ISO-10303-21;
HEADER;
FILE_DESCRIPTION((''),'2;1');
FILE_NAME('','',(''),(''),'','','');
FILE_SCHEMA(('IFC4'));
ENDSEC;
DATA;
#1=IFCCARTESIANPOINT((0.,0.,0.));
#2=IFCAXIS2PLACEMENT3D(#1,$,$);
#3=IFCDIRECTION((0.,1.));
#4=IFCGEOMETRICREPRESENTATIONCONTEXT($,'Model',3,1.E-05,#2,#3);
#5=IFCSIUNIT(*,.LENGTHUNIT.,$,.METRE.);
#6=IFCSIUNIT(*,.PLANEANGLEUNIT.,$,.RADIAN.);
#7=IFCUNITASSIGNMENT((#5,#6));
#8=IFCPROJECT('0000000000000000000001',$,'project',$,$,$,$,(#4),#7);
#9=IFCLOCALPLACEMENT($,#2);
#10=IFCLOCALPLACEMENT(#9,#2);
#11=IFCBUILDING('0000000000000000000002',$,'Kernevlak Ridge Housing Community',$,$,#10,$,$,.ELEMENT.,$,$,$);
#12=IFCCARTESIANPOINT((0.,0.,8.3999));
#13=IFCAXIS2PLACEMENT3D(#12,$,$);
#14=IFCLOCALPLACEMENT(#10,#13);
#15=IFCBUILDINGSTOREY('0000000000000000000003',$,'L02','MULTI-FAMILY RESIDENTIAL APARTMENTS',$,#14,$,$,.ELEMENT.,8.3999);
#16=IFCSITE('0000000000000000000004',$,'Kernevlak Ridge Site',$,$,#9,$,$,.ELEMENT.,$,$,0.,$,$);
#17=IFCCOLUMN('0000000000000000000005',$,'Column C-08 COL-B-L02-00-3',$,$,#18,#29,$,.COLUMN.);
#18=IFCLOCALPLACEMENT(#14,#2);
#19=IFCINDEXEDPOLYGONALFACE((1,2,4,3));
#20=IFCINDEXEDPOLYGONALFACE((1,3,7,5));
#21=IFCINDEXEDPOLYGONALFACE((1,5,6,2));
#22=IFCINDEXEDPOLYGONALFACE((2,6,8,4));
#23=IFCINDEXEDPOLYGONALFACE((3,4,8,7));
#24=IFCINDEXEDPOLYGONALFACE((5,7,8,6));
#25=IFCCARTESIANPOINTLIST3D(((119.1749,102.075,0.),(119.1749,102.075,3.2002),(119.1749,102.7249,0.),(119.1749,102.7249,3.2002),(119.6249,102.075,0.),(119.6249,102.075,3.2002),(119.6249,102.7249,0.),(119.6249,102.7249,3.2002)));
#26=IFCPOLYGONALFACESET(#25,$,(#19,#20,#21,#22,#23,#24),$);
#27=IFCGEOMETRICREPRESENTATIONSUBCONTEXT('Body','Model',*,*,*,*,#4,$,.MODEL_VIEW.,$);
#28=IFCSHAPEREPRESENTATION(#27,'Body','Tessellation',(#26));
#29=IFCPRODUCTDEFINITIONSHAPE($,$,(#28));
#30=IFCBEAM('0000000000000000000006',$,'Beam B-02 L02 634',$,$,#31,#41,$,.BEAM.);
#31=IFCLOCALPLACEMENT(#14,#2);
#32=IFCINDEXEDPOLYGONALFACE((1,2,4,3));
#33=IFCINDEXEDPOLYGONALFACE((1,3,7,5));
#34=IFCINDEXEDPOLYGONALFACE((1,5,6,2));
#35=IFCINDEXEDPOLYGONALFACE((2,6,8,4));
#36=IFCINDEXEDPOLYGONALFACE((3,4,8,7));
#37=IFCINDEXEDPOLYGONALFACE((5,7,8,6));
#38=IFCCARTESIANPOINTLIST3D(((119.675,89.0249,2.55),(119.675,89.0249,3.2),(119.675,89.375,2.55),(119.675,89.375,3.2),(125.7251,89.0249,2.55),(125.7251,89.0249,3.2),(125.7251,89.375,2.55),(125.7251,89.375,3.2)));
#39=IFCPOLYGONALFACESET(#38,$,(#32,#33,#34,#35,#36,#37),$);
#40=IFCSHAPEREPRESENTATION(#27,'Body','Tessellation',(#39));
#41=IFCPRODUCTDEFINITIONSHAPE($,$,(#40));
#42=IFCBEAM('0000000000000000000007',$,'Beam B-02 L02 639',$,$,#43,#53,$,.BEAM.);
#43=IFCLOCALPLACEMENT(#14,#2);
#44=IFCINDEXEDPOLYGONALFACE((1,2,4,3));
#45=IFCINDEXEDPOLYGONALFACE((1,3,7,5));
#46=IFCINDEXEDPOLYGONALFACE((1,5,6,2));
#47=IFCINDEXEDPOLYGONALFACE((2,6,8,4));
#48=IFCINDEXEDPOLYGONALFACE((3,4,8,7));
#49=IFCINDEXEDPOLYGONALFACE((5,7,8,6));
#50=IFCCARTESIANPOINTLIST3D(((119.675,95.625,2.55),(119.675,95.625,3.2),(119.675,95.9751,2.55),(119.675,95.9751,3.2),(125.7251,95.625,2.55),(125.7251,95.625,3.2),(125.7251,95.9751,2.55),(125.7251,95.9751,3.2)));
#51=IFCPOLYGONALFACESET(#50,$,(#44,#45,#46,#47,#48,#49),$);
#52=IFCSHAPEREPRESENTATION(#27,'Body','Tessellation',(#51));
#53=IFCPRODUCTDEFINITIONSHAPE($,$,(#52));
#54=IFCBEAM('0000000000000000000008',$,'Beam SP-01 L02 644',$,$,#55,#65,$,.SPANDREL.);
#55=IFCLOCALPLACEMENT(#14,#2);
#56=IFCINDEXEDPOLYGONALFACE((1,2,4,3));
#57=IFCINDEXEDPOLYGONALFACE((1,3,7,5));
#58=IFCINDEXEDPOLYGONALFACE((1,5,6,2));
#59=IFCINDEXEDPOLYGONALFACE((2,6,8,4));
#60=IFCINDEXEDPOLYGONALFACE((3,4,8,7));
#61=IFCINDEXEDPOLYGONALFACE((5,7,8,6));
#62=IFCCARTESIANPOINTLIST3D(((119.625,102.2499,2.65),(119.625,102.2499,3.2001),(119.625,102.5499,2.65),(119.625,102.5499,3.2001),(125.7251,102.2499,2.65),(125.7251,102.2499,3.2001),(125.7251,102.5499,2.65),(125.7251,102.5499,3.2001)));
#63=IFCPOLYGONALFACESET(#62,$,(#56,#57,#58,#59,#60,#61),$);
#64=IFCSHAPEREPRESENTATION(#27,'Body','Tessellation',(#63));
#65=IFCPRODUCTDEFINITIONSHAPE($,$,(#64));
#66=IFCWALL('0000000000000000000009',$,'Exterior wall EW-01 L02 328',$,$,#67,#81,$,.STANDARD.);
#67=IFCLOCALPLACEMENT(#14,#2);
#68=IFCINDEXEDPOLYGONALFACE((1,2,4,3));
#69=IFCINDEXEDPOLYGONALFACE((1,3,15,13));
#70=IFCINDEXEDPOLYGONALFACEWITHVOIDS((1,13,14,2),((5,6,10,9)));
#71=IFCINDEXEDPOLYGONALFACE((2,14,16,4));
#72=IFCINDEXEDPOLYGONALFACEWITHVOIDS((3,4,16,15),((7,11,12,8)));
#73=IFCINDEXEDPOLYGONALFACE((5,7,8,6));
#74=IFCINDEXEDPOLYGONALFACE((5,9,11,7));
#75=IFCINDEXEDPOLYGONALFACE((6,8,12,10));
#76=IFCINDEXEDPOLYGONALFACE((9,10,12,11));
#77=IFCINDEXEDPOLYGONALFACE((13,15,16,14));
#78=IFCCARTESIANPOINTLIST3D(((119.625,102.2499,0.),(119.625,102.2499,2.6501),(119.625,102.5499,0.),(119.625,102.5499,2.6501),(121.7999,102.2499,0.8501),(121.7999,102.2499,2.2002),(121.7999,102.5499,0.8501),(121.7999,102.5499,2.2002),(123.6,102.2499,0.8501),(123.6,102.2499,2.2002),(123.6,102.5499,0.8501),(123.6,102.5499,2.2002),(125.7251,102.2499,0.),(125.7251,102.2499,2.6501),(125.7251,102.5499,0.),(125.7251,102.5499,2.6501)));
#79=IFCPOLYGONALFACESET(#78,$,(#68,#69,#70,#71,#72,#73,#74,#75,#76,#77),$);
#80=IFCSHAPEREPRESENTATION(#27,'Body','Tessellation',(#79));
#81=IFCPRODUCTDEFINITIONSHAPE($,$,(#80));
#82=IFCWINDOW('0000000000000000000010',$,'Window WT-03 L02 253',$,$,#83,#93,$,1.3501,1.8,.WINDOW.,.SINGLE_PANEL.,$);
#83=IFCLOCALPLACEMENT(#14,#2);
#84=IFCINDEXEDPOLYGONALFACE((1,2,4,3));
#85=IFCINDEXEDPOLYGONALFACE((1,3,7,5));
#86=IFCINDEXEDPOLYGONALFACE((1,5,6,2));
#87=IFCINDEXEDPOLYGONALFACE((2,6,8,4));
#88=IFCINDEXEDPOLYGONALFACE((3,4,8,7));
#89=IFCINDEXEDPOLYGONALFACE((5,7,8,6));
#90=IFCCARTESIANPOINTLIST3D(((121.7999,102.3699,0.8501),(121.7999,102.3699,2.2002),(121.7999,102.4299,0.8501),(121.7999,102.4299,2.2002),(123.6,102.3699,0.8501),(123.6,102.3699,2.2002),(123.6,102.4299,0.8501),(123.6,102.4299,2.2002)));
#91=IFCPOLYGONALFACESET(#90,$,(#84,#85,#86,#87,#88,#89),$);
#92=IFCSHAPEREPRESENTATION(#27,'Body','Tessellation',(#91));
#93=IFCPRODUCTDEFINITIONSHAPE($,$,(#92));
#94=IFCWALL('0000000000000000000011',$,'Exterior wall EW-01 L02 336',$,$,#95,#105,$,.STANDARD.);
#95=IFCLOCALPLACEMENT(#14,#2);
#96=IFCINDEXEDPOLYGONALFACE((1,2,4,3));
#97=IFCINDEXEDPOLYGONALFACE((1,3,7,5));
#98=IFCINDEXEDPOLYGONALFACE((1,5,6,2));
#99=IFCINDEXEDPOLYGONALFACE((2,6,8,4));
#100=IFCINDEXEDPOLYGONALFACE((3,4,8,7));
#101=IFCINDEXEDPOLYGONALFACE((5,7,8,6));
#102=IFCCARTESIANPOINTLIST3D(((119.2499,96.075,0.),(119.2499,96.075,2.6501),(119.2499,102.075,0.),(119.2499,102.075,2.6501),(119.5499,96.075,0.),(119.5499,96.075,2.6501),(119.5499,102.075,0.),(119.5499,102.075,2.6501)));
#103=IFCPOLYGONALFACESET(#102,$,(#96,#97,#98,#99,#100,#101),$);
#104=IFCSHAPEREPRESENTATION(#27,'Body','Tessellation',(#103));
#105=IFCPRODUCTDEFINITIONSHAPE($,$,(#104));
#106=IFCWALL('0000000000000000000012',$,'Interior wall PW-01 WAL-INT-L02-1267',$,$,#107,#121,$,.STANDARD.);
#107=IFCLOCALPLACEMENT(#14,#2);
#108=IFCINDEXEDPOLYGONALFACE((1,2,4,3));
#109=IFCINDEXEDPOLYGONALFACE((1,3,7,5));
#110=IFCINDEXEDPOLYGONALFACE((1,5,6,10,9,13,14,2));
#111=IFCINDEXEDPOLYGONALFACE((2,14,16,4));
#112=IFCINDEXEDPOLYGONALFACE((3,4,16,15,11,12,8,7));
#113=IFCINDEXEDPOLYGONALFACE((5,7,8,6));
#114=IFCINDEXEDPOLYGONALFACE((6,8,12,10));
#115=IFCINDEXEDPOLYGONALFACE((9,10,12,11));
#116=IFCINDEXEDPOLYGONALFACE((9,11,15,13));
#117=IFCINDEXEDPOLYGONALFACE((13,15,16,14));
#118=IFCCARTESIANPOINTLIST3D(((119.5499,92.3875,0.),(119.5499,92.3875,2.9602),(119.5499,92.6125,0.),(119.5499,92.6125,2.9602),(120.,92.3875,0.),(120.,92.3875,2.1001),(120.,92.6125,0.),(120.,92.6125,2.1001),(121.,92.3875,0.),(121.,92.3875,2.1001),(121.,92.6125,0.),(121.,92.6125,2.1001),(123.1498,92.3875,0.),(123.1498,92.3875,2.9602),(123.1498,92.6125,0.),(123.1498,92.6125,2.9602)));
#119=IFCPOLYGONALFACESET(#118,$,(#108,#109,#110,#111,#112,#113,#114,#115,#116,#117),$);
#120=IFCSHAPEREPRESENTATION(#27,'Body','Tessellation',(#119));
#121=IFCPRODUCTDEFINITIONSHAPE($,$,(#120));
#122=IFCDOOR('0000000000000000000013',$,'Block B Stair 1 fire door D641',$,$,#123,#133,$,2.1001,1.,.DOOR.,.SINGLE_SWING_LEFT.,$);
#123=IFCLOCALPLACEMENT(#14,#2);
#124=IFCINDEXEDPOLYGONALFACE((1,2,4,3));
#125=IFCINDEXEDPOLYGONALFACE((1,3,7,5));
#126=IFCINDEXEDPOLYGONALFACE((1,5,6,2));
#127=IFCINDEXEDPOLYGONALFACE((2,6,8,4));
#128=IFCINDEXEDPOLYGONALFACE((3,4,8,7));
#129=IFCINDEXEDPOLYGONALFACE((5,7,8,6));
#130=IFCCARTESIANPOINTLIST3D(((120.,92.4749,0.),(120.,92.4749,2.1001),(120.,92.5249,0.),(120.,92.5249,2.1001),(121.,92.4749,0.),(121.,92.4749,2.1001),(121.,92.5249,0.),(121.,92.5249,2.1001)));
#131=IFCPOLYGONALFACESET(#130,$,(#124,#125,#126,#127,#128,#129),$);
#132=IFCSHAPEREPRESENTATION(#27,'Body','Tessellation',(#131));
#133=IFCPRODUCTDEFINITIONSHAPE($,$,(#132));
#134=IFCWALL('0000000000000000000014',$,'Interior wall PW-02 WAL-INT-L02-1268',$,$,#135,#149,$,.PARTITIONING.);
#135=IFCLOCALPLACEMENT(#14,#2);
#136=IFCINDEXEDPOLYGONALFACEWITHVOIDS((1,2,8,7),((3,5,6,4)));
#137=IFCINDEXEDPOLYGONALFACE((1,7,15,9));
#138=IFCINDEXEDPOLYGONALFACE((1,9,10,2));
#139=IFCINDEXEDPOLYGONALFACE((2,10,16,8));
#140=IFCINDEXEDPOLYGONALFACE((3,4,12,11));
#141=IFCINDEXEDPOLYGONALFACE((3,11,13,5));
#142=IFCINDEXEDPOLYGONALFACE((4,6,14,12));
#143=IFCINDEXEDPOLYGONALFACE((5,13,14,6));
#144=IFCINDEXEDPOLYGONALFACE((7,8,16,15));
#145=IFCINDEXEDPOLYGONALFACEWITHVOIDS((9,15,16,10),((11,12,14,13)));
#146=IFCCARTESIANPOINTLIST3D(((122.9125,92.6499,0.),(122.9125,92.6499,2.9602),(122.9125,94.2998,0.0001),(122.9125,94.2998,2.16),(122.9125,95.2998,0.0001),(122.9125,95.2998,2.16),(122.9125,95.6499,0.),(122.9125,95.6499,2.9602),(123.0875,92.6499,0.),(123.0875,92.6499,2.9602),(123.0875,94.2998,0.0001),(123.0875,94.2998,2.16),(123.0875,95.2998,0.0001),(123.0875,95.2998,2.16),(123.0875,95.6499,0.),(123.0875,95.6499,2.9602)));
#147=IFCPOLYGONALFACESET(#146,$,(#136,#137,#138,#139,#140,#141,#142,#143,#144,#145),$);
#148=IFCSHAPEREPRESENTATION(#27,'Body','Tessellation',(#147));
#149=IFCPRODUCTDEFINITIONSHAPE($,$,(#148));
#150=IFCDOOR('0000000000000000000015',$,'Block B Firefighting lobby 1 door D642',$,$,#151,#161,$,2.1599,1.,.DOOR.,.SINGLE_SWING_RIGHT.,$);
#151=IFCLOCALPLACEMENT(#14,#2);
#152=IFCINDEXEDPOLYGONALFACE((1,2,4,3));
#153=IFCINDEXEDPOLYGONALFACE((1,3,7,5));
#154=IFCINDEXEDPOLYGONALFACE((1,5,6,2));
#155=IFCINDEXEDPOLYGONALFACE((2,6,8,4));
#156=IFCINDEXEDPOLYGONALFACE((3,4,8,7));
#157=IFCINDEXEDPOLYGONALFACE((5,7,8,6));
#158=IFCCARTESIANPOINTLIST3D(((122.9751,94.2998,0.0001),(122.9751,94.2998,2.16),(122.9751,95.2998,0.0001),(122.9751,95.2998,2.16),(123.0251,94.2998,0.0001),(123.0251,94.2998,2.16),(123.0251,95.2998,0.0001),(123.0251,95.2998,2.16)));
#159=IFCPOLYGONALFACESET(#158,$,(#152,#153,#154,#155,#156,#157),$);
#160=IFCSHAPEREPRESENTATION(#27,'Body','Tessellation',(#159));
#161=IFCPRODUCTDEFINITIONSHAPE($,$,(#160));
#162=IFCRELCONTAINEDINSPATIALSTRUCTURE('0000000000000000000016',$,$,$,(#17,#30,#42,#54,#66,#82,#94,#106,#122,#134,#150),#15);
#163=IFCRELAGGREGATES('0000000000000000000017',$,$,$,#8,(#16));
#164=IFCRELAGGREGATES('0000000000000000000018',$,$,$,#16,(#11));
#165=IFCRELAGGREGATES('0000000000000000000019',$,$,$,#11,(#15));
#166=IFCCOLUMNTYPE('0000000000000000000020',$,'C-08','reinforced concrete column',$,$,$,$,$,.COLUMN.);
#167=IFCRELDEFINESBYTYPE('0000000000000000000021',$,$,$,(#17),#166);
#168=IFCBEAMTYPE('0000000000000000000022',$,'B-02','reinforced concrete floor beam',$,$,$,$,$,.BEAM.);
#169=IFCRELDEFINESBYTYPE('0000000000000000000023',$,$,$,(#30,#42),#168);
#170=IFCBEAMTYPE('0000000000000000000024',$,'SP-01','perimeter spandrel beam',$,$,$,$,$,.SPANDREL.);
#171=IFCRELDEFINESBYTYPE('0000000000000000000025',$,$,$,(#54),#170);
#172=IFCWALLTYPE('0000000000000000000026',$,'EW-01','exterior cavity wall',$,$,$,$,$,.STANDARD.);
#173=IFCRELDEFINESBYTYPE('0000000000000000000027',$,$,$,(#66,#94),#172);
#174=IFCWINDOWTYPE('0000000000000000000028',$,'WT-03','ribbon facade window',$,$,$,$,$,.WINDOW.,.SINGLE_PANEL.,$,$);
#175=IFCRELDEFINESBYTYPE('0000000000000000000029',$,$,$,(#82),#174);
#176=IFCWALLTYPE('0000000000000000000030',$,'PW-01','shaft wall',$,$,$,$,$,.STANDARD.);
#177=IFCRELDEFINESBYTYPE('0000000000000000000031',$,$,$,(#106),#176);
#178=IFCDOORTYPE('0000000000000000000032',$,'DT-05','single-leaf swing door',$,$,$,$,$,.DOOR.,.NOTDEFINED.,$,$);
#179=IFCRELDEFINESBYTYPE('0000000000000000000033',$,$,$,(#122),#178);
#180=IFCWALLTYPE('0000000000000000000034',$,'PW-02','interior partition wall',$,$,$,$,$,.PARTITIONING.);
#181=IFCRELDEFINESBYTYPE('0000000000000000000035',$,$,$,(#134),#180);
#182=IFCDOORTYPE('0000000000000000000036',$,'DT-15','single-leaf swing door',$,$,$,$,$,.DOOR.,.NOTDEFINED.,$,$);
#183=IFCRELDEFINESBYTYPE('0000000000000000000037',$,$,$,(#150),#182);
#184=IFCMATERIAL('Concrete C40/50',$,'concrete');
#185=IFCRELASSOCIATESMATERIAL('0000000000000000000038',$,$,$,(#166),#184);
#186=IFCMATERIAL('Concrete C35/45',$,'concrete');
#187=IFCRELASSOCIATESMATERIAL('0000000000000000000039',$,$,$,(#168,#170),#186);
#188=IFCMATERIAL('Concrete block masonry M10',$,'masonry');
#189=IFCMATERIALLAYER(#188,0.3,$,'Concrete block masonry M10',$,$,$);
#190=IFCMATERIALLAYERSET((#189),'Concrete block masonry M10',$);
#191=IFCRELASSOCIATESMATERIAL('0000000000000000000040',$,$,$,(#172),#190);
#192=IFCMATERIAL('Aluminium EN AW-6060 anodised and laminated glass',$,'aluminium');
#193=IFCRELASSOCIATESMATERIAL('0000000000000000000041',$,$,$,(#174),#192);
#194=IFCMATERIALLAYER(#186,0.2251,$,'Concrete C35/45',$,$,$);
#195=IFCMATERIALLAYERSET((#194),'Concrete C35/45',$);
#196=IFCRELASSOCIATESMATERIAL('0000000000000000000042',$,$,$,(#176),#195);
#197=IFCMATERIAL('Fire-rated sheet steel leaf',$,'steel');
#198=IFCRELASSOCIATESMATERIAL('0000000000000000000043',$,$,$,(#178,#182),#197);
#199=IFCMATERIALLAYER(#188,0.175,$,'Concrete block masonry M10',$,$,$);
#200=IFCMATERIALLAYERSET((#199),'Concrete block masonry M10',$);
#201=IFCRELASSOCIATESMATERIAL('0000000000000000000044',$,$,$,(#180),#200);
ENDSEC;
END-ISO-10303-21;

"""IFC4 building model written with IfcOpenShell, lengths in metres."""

from ifc_helpers import new_model, si_unit, direction, frame, frame_2d, origin, origin_2d, place, context, subcontext, project, spatial, rectangle, extrude, material, layer, layer_set, material_profile, profile_set, type_object, element, fill, save


model = new_model("IFC4")

# Units and contexts
model_context = context("Model", 3, precision=1e-05, world=origin(), true_north=direction((0.0, 1.0)))
body_context = subcontext(model_context, "Body", "Model", "MODEL_VIEW")
ifc_project = project(units=[si_unit("LENGTHUNIT", "METRE"), si_unit("PLANEANGLEUNIT", "RADIAN")], contexts=[model_context])

# Site, building, storey
site_placement = place(None, origin())
site = spatial("IfcSite", under=ifc_project, at=site_placement, Name="Kernevlak Ridge Site", CompositionType="ELEMENT", RefElevation=0.0)
building_placement = place(site_placement, origin())
building = spatial("IfcBuilding", under=site, at=building_placement, Name="Kernevlak Ridge Housing Community", CompositionType="ELEMENT")
storey_placement = place(building_placement, frame((0.0, 0.0, 8.3999)))
storey = spatial("IfcBuildingStorey", under=building, at=storey_placement, Name="L02", Description="MULTI-FAMILY RESIDENTIAL APARTMENTS", CompositionType="ELEMENT", Elevation=8.3999)

# Column
ifc_material_1 = material(Name="Concrete C40/50", Category="concrete")
ifc_material_profile_1 = material_profile(ifc_material_1, rectangle(XDim=0.45, YDim=0.6499, at=origin_2d()), Name="RC 450x650")
ifc_profile_set_1 = profile_set([ifc_material_profile_1], Name="Concrete C40/50")
column_type = type_object("IfcColumnType", Name="C-08", Description="reinforced concrete column", PredefinedType="COLUMN", material=ifc_profile_set_1)
column_placement = place(storey_placement, frame((119.3999, 102.3999, 0.0), z_axis=(0.0, 0.0, 1.0), x_axis=(1.0, 0.0, 0.0)))
element("IfcColumn", 1, at=column_placement, inside=storey, type_object=column_type, Name="Column C-08 COL-B-L02-00-3", PredefinedType="COLUMN", context=body_context, shape_type="SweptSolid", body=[
    extrude(rectangle(XDim=0.45, YDim=0.6499, at=origin_2d()), origin(), (0.0, 0.0, 1.0), 3.2002),
])

# Beams
ifc_material_2 = material(Name="Concrete C35/45", Category="concrete")
ifc_material_profile_2 = material_profile(ifc_material_2, rectangle(XDim=0.3501, YDim=0.6499, at=origin_2d()), Name="RC 350x650")
ifc_profile_set_2 = profile_set([ifc_material_profile_2], Name="Concrete C35/45")
beam_type_1 = type_object("IfcBeamType", Name="B-02", Description="reinforced concrete floor beam", PredefinedType="BEAM", material=ifc_profile_set_2)
for number, where, z_axis, x_axis, name in (
    (2, (119.675, 89.2, 2.875), (1.0, 0.0, 0.0), (0.0, 1.0, 0.0), "Beam B-02 L02 634"),
    (3, (119.675, 95.8, 2.875), (1.0, 0.0, 0.0), (0.0, 1.0, 0.0), "Beam B-02 L02 639"),
):
    element("IfcBeam", number, at=place(storey_placement, frame(where, z_axis=z_axis, x_axis=x_axis)), inside=storey, type_object=beam_type_1, Name=name, PredefinedType="BEAM", context=body_context, shape_type="SweptSolid", body=[
        extrude(rectangle(XDim=0.3501, YDim=0.6499, at=origin_2d()), origin(), (0.0, 0.0, 1.0), 6.05),
    ])
ifc_material_profile_3 = material_profile(ifc_material_2, rectangle(XDim=0.3, YDim=0.55, at=origin_2d()), Name="RC 300x550")
ifc_profile_set_3 = profile_set([ifc_material_profile_3], Name="Concrete C35/45")
beam_type_2 = type_object("IfcBeamType", Name="SP-01", Description="perimeter spandrel beam", PredefinedType="SPANDREL", material=ifc_profile_set_3)
beam_placement = place(storey_placement, frame((119.625, 102.3999, 2.925), z_axis=(1.0, 0.0, 0.0), x_axis=(0.0, 1.0, 0.0)))
element("IfcBeam", 4, at=beam_placement, inside=storey, type_object=beam_type_2, Name="Beam SP-01 L02 644", PredefinedType="SPANDREL", context=body_context, shape_type="SweptSolid", body=[
    extrude(rectangle(XDim=0.3, YDim=0.55, at=origin_2d()), origin(), (0.0, 0.0, 1.0), 6.1001),
])

# Wall, opening, window
ifc_material_3 = material(Name="Concrete block masonry M10", Category="masonry")
ifc_layer_1 = layer(ifc_material_3, 0.3, Name="Concrete block masonry M10")
ifc_layer_set_1 = layer_set([ifc_layer_1], Name="Concrete block masonry M10")
wall_type_1 = type_object("IfcWallType", Name="EW-01", Description="exterior cavity wall", PredefinedType="STANDARD", material=ifc_layer_set_1)
wall_1_placement = place(storey_placement, frame((119.625, 102.3999, 0.0), z_axis=(0.0, 0.0, 1.0), x_axis=(1.0, 0.0, 0.0)))
wall_1 = element("IfcWall", 5, at=wall_1_placement, inside=storey, type_object=wall_type_1, Name="Exterior wall EW-01 L02 328", PredefinedType="STANDARD", context=body_context, shape_type="SweptSolid", body=[
    extrude(rectangle(XDim=6.1001, YDim=0.3, at=frame_2d((3.05, 0.0))), origin(), (0.0, 0.0, 1.0), 2.6501),
])
opening_1_placement = place(wall_1_placement, frame((2.175, 0.0, 0.8501)))
opening_1 = element("IfcOpeningElement", 6, at=opening_1_placement, cuts=wall_1, PredefinedType="OPENING", context=body_context, shape_type="SweptSolid", body=[
    extrude(rectangle(XDim=1.8, YDim=1.3501, at=frame_2d((0.8999, 0.675))), frame((0.0, 0.1599, 0.0), z_axis=(0.0, -1.0, 0.0), x_axis=(1.0, 0.0, 0.0)), (0.0, 0.0, 1.0), 0.3201),
])
ifc_material_4 = material(Name="Aluminium EN AW-6060 anodised and laminated glass", Category="aluminium")
window_type = type_object("IfcWindowType", Name="WT-03", Description="ribbon facade window", PartitioningType="SINGLE_PANEL", PredefinedType="WINDOW", material=ifc_material_4)
window_placement = place(opening_1_placement, origin())
window = element("IfcWindow", 7, at=window_placement, inside=storey, type_object=window_type, Name="Window WT-03 L02 253", OverallHeight=1.3501, OverallWidth=1.8, PartitioningType="SINGLE_PANEL", PredefinedType="WINDOW", context=body_context, shape_type="SweptSolid", body=[
    extrude(rectangle(XDim=1.8, YDim=1.3501, at=frame_2d((0.8999, 0.675))), frame((0.0, 0.03, 0.0), z_axis=(0.0, -1.0, 0.0), x_axis=(1.0, 0.0, 0.0)), (0.0, 0.0, 1.0), 0.0601),
])
fill(opening_1, window)

# Wall
wall_2_placement = place(storey_placement, frame((119.3999, 96.075, 0.0), z_axis=(0.0, 0.0, 1.0), x_axis=(0.0, 1.0, 0.0)))
element("IfcWall", 8, at=wall_2_placement, inside=storey, type_object=wall_type_1, Name="Exterior wall EW-01 L02 336", PredefinedType="STANDARD", context=body_context, shape_type="SweptSolid", body=[
    extrude(rectangle(XDim=6.0, YDim=0.3, at=frame_2d((3.0, 0.0))), origin(), (0.0, 0.0, 1.0), 2.6501),
])

# Walls, openings, doors
ifc_layer_2 = layer(ifc_material_2, 0.2251, Name="Concrete C35/45")
ifc_layer_set_2 = layer_set([ifc_layer_2], Name="Concrete C35/45")
wall_type_2 = type_object("IfcWallType", Name="PW-01", Description="shaft wall", PredefinedType="STANDARD", material=ifc_layer_set_2)
wall_3_placement = place(storey_placement, frame((119.55, 92.5, 0.0), z_axis=(0.0, 0.0, 1.0), x_axis=(1.0, 0.0, 0.0)))
wall_3 = element("IfcWall", 9, at=wall_3_placement, inside=storey, type_object=wall_type_2, Name="Interior wall PW-01 WAL-INT-L02-1267", PredefinedType="STANDARD", context=body_context, shape_type="SweptSolid", body=[
    extrude(rectangle(XDim=3.5999, YDim=0.2251, at=frame_2d((1.7998, 0.0))), origin(), (0.0, 0.0, 1.0), 2.9602),
])
opening_2_placement = place(wall_3_placement, frame((0.45, 0.0, 0.0)))
opening_2 = element("IfcOpeningElement", 10, at=opening_2_placement, cuts=wall_3, PredefinedType="OPENING", context=body_context, shape_type="SweptSolid", body=[
    extrude(rectangle(XDim=1.0, YDim=2.1001, at=frame_2d((0.5, 1.05))), frame((0.0, 0.1226, 0.0), z_axis=(0.0, -1.0, 0.0), x_axis=(1.0, 0.0, 0.0)), (0.0, 0.0, 1.0), 0.2451),
])
ifc_material_5 = material(Name="Fire-rated sheet steel leaf", Category="steel")
door_type_1 = type_object("IfcDoorType", Name="DT-05", Description="single-leaf swing door", OperationType="NOTDEFINED", PredefinedType="DOOR", material=ifc_material_5)
door_1_placement = place(opening_2_placement, origin())
door_1 = element("IfcDoor", 11, at=door_1_placement, inside=storey, type_object=door_type_1, Name="Block B Stair 1 fire door D641", OperationType="SINGLE_SWING_LEFT", OverallHeight=2.1001, OverallWidth=1.0, PredefinedType="DOOR", context=body_context, shape_type="SweptSolid", body=[
    extrude(rectangle(XDim=1.0, YDim=2.1001, at=frame_2d((0.5, 1.05))), frame((0.0, 0.0249, 0.0), z_axis=(0.0, -1.0, 0.0), x_axis=(1.0, 0.0, 0.0)), (0.0, 0.0, 1.0), 0.05),
])
fill(opening_2, door_1)
ifc_layer_3 = layer(ifc_material_3, 0.175, Name="Concrete block masonry M10")
ifc_layer_set_3 = layer_set([ifc_layer_3], Name="Concrete block masonry M10")
wall_type_3 = type_object("IfcWallType", Name="PW-02", Description="interior partition wall", PredefinedType="PARTITIONING", material=ifc_layer_set_3)
wall_4_placement = place(storey_placement, frame((123.0, 92.6499, 0.0), z_axis=(0.0, 0.0, 1.0), x_axis=(0.0, 1.0, 0.0)))
wall_4 = element("IfcWall", 12, at=wall_4_placement, inside=storey, type_object=wall_type_3, Name="Interior wall PW-02 WAL-INT-L02-1268", PredefinedType="PARTITIONING", context=body_context, shape_type="SweptSolid", body=[
    extrude(rectangle(XDim=3.0, YDim=0.175, at=frame_2d((1.5, 0.0))), origin(), (0.0, 0.0, 1.0), 2.9602),
])
opening_3_placement = place(wall_4_placement, frame((1.6499, 0.0, 0.0)))
opening_3 = element("IfcOpeningElement", 13, at=opening_3_placement, cuts=wall_4, PredefinedType="OPENING", context=body_context, shape_type="SweptSolid", body=[
    extrude(rectangle(XDim=1.0, YDim=2.1599, at=frame_2d((0.5, 1.0801))), frame((0.0, 0.0974, 0.0), z_axis=(0.0, -1.0, 0.0), x_axis=(1.0, 0.0, 0.0)), (0.0, 0.0, 1.0), 0.1951),
])
door_type_2 = type_object("IfcDoorType", Name="DT-15", Description="single-leaf swing door", OperationType="NOTDEFINED", PredefinedType="DOOR", material=ifc_material_5)
door_2_placement = place(opening_3_placement, origin())
door_2 = element("IfcDoor", 14, at=door_2_placement, inside=storey, type_object=door_type_2, Name="Block B Firefighting lobby 1 door D642", OperationType="SINGLE_SWING_RIGHT", OverallHeight=2.1599, OverallWidth=1.0, PredefinedType="DOOR", context=body_context, shape_type="SweptSolid", body=[
    extrude(rectangle(XDim=1.0, YDim=2.1599, at=frame_2d((0.5, 1.0801))), frame((0.0, 0.0249, 0.0), z_axis=(0.0, -1.0, 0.0), x_axis=(1.0, 0.0, 0.0)), (0.0, 0.0, 1.0), 0.05),
])
fill(opening_3, door_2)

save(model, "model.ifc")
